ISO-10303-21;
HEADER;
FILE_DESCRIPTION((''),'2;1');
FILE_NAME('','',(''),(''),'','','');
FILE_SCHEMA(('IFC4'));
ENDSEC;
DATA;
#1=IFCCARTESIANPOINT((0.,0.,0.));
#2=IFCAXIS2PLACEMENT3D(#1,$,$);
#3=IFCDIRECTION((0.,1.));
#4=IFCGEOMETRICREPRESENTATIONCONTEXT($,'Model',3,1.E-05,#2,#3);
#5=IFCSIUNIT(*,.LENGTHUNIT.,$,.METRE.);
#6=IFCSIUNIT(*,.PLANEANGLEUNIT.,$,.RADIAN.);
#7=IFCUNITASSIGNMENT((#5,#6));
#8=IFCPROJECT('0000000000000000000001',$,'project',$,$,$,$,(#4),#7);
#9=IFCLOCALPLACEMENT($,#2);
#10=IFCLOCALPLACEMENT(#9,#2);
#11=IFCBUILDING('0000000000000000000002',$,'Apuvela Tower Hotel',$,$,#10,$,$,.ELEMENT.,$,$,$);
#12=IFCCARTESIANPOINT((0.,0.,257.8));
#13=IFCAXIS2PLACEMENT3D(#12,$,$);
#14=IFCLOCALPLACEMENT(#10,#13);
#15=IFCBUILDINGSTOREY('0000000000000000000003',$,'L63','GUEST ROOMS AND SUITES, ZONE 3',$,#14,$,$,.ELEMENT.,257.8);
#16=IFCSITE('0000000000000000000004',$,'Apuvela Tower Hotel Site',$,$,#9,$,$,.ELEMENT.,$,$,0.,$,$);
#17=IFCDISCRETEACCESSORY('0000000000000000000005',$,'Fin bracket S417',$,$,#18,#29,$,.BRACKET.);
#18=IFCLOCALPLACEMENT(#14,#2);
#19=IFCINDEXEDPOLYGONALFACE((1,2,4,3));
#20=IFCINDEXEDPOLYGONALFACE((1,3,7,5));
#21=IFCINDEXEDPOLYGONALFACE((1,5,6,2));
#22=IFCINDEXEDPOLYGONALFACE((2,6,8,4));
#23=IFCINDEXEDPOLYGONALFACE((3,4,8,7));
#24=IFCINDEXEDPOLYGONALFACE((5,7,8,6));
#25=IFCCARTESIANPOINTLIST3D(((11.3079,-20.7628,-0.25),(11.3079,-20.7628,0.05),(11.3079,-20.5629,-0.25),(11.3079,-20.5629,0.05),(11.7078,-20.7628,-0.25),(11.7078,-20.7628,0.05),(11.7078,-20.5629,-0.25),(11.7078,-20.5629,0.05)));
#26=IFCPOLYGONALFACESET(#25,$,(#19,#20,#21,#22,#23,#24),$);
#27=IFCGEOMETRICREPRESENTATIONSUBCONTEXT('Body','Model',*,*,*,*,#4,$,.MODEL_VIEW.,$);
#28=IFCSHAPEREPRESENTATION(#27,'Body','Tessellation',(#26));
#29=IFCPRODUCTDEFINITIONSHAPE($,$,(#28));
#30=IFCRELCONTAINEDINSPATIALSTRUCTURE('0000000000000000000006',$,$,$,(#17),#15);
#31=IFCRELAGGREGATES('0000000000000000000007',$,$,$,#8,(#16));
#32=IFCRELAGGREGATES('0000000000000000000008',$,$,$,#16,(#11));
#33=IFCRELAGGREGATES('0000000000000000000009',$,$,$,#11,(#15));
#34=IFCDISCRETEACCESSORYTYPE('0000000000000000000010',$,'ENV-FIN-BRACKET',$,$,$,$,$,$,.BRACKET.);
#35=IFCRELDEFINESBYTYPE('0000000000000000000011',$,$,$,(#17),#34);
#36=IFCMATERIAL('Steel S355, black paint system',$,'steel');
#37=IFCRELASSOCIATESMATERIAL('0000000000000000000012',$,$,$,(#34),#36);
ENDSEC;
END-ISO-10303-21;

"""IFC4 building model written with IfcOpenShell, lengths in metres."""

from ifc_helpers import new_model, si_unit, direction, frame, origin, origin_2d, place, context, subcontext, project, spatial, rectangle, extrude, material, type_object, element, save


model = new_model("IFC4")

# Units and contexts
model_context = context("Model", 3, precision=1e-05, world=origin(), true_north=direction((0.0, 1.0)))
body_context = subcontext(model_context, "Body", "Model", "MODEL_VIEW")
ifc_project = project(units=[si_unit("LENGTHUNIT", "METRE"), si_unit("PLANEANGLEUNIT", "RADIAN")], contexts=[model_context])

# Site, building, storey
site_placement = place(None, origin())
site = spatial("IfcSite", under=ifc_project, at=site_placement, Name="Apuvela Tower Hotel Site", CompositionType="ELEMENT", RefElevation=0.0)
building_placement = place(site_placement, origin())
building = spatial("IfcBuilding", under=site, at=building_placement, Name="Apuvela Tower Hotel", CompositionType="ELEMENT")
storey_placement = place(building_placement, frame((0.0, 0.0, 257.8)))
storey = spatial("IfcBuildingStorey", under=building, at=storey_placement, Name="L63", Description="GUEST ROOMS AND SUITES, ZONE 3", CompositionType="ELEMENT", Elevation=257.8)

# Discrete accessory
ifc_material_1 = material(Name="Steel S355, black paint system", Category="steel")
discrete_accessory_type = type_object("IfcDiscreteAccessoryType", Name="ENV-FIN-BRACKET", PredefinedType="BRACKET", material=ifc_material_1)
for number, where, z_axis, x_axis, name in (
    (1, (11.5078, -20.6628, -0.25), (0.0, 0.0, 1.0), (1.0, 0.0, 0.0), "Fin bracket S417"),
):
    element("IfcDiscreteAccessory", number, at=place(storey_placement, frame(where, z_axis=z_axis, x_axis=x_axis)), inside=storey, type_object=discrete_accessory_type, Name=name, PredefinedType="BRACKET", context=body_context, shape_type="SweptSolid", body=[
        extrude(rectangle(XDim=0.3999, YDim=0.2, at=origin_2d()), origin(), (0.0, 0.0, 1.0), 0.3),
    ])

save(model, "model.ifc")
